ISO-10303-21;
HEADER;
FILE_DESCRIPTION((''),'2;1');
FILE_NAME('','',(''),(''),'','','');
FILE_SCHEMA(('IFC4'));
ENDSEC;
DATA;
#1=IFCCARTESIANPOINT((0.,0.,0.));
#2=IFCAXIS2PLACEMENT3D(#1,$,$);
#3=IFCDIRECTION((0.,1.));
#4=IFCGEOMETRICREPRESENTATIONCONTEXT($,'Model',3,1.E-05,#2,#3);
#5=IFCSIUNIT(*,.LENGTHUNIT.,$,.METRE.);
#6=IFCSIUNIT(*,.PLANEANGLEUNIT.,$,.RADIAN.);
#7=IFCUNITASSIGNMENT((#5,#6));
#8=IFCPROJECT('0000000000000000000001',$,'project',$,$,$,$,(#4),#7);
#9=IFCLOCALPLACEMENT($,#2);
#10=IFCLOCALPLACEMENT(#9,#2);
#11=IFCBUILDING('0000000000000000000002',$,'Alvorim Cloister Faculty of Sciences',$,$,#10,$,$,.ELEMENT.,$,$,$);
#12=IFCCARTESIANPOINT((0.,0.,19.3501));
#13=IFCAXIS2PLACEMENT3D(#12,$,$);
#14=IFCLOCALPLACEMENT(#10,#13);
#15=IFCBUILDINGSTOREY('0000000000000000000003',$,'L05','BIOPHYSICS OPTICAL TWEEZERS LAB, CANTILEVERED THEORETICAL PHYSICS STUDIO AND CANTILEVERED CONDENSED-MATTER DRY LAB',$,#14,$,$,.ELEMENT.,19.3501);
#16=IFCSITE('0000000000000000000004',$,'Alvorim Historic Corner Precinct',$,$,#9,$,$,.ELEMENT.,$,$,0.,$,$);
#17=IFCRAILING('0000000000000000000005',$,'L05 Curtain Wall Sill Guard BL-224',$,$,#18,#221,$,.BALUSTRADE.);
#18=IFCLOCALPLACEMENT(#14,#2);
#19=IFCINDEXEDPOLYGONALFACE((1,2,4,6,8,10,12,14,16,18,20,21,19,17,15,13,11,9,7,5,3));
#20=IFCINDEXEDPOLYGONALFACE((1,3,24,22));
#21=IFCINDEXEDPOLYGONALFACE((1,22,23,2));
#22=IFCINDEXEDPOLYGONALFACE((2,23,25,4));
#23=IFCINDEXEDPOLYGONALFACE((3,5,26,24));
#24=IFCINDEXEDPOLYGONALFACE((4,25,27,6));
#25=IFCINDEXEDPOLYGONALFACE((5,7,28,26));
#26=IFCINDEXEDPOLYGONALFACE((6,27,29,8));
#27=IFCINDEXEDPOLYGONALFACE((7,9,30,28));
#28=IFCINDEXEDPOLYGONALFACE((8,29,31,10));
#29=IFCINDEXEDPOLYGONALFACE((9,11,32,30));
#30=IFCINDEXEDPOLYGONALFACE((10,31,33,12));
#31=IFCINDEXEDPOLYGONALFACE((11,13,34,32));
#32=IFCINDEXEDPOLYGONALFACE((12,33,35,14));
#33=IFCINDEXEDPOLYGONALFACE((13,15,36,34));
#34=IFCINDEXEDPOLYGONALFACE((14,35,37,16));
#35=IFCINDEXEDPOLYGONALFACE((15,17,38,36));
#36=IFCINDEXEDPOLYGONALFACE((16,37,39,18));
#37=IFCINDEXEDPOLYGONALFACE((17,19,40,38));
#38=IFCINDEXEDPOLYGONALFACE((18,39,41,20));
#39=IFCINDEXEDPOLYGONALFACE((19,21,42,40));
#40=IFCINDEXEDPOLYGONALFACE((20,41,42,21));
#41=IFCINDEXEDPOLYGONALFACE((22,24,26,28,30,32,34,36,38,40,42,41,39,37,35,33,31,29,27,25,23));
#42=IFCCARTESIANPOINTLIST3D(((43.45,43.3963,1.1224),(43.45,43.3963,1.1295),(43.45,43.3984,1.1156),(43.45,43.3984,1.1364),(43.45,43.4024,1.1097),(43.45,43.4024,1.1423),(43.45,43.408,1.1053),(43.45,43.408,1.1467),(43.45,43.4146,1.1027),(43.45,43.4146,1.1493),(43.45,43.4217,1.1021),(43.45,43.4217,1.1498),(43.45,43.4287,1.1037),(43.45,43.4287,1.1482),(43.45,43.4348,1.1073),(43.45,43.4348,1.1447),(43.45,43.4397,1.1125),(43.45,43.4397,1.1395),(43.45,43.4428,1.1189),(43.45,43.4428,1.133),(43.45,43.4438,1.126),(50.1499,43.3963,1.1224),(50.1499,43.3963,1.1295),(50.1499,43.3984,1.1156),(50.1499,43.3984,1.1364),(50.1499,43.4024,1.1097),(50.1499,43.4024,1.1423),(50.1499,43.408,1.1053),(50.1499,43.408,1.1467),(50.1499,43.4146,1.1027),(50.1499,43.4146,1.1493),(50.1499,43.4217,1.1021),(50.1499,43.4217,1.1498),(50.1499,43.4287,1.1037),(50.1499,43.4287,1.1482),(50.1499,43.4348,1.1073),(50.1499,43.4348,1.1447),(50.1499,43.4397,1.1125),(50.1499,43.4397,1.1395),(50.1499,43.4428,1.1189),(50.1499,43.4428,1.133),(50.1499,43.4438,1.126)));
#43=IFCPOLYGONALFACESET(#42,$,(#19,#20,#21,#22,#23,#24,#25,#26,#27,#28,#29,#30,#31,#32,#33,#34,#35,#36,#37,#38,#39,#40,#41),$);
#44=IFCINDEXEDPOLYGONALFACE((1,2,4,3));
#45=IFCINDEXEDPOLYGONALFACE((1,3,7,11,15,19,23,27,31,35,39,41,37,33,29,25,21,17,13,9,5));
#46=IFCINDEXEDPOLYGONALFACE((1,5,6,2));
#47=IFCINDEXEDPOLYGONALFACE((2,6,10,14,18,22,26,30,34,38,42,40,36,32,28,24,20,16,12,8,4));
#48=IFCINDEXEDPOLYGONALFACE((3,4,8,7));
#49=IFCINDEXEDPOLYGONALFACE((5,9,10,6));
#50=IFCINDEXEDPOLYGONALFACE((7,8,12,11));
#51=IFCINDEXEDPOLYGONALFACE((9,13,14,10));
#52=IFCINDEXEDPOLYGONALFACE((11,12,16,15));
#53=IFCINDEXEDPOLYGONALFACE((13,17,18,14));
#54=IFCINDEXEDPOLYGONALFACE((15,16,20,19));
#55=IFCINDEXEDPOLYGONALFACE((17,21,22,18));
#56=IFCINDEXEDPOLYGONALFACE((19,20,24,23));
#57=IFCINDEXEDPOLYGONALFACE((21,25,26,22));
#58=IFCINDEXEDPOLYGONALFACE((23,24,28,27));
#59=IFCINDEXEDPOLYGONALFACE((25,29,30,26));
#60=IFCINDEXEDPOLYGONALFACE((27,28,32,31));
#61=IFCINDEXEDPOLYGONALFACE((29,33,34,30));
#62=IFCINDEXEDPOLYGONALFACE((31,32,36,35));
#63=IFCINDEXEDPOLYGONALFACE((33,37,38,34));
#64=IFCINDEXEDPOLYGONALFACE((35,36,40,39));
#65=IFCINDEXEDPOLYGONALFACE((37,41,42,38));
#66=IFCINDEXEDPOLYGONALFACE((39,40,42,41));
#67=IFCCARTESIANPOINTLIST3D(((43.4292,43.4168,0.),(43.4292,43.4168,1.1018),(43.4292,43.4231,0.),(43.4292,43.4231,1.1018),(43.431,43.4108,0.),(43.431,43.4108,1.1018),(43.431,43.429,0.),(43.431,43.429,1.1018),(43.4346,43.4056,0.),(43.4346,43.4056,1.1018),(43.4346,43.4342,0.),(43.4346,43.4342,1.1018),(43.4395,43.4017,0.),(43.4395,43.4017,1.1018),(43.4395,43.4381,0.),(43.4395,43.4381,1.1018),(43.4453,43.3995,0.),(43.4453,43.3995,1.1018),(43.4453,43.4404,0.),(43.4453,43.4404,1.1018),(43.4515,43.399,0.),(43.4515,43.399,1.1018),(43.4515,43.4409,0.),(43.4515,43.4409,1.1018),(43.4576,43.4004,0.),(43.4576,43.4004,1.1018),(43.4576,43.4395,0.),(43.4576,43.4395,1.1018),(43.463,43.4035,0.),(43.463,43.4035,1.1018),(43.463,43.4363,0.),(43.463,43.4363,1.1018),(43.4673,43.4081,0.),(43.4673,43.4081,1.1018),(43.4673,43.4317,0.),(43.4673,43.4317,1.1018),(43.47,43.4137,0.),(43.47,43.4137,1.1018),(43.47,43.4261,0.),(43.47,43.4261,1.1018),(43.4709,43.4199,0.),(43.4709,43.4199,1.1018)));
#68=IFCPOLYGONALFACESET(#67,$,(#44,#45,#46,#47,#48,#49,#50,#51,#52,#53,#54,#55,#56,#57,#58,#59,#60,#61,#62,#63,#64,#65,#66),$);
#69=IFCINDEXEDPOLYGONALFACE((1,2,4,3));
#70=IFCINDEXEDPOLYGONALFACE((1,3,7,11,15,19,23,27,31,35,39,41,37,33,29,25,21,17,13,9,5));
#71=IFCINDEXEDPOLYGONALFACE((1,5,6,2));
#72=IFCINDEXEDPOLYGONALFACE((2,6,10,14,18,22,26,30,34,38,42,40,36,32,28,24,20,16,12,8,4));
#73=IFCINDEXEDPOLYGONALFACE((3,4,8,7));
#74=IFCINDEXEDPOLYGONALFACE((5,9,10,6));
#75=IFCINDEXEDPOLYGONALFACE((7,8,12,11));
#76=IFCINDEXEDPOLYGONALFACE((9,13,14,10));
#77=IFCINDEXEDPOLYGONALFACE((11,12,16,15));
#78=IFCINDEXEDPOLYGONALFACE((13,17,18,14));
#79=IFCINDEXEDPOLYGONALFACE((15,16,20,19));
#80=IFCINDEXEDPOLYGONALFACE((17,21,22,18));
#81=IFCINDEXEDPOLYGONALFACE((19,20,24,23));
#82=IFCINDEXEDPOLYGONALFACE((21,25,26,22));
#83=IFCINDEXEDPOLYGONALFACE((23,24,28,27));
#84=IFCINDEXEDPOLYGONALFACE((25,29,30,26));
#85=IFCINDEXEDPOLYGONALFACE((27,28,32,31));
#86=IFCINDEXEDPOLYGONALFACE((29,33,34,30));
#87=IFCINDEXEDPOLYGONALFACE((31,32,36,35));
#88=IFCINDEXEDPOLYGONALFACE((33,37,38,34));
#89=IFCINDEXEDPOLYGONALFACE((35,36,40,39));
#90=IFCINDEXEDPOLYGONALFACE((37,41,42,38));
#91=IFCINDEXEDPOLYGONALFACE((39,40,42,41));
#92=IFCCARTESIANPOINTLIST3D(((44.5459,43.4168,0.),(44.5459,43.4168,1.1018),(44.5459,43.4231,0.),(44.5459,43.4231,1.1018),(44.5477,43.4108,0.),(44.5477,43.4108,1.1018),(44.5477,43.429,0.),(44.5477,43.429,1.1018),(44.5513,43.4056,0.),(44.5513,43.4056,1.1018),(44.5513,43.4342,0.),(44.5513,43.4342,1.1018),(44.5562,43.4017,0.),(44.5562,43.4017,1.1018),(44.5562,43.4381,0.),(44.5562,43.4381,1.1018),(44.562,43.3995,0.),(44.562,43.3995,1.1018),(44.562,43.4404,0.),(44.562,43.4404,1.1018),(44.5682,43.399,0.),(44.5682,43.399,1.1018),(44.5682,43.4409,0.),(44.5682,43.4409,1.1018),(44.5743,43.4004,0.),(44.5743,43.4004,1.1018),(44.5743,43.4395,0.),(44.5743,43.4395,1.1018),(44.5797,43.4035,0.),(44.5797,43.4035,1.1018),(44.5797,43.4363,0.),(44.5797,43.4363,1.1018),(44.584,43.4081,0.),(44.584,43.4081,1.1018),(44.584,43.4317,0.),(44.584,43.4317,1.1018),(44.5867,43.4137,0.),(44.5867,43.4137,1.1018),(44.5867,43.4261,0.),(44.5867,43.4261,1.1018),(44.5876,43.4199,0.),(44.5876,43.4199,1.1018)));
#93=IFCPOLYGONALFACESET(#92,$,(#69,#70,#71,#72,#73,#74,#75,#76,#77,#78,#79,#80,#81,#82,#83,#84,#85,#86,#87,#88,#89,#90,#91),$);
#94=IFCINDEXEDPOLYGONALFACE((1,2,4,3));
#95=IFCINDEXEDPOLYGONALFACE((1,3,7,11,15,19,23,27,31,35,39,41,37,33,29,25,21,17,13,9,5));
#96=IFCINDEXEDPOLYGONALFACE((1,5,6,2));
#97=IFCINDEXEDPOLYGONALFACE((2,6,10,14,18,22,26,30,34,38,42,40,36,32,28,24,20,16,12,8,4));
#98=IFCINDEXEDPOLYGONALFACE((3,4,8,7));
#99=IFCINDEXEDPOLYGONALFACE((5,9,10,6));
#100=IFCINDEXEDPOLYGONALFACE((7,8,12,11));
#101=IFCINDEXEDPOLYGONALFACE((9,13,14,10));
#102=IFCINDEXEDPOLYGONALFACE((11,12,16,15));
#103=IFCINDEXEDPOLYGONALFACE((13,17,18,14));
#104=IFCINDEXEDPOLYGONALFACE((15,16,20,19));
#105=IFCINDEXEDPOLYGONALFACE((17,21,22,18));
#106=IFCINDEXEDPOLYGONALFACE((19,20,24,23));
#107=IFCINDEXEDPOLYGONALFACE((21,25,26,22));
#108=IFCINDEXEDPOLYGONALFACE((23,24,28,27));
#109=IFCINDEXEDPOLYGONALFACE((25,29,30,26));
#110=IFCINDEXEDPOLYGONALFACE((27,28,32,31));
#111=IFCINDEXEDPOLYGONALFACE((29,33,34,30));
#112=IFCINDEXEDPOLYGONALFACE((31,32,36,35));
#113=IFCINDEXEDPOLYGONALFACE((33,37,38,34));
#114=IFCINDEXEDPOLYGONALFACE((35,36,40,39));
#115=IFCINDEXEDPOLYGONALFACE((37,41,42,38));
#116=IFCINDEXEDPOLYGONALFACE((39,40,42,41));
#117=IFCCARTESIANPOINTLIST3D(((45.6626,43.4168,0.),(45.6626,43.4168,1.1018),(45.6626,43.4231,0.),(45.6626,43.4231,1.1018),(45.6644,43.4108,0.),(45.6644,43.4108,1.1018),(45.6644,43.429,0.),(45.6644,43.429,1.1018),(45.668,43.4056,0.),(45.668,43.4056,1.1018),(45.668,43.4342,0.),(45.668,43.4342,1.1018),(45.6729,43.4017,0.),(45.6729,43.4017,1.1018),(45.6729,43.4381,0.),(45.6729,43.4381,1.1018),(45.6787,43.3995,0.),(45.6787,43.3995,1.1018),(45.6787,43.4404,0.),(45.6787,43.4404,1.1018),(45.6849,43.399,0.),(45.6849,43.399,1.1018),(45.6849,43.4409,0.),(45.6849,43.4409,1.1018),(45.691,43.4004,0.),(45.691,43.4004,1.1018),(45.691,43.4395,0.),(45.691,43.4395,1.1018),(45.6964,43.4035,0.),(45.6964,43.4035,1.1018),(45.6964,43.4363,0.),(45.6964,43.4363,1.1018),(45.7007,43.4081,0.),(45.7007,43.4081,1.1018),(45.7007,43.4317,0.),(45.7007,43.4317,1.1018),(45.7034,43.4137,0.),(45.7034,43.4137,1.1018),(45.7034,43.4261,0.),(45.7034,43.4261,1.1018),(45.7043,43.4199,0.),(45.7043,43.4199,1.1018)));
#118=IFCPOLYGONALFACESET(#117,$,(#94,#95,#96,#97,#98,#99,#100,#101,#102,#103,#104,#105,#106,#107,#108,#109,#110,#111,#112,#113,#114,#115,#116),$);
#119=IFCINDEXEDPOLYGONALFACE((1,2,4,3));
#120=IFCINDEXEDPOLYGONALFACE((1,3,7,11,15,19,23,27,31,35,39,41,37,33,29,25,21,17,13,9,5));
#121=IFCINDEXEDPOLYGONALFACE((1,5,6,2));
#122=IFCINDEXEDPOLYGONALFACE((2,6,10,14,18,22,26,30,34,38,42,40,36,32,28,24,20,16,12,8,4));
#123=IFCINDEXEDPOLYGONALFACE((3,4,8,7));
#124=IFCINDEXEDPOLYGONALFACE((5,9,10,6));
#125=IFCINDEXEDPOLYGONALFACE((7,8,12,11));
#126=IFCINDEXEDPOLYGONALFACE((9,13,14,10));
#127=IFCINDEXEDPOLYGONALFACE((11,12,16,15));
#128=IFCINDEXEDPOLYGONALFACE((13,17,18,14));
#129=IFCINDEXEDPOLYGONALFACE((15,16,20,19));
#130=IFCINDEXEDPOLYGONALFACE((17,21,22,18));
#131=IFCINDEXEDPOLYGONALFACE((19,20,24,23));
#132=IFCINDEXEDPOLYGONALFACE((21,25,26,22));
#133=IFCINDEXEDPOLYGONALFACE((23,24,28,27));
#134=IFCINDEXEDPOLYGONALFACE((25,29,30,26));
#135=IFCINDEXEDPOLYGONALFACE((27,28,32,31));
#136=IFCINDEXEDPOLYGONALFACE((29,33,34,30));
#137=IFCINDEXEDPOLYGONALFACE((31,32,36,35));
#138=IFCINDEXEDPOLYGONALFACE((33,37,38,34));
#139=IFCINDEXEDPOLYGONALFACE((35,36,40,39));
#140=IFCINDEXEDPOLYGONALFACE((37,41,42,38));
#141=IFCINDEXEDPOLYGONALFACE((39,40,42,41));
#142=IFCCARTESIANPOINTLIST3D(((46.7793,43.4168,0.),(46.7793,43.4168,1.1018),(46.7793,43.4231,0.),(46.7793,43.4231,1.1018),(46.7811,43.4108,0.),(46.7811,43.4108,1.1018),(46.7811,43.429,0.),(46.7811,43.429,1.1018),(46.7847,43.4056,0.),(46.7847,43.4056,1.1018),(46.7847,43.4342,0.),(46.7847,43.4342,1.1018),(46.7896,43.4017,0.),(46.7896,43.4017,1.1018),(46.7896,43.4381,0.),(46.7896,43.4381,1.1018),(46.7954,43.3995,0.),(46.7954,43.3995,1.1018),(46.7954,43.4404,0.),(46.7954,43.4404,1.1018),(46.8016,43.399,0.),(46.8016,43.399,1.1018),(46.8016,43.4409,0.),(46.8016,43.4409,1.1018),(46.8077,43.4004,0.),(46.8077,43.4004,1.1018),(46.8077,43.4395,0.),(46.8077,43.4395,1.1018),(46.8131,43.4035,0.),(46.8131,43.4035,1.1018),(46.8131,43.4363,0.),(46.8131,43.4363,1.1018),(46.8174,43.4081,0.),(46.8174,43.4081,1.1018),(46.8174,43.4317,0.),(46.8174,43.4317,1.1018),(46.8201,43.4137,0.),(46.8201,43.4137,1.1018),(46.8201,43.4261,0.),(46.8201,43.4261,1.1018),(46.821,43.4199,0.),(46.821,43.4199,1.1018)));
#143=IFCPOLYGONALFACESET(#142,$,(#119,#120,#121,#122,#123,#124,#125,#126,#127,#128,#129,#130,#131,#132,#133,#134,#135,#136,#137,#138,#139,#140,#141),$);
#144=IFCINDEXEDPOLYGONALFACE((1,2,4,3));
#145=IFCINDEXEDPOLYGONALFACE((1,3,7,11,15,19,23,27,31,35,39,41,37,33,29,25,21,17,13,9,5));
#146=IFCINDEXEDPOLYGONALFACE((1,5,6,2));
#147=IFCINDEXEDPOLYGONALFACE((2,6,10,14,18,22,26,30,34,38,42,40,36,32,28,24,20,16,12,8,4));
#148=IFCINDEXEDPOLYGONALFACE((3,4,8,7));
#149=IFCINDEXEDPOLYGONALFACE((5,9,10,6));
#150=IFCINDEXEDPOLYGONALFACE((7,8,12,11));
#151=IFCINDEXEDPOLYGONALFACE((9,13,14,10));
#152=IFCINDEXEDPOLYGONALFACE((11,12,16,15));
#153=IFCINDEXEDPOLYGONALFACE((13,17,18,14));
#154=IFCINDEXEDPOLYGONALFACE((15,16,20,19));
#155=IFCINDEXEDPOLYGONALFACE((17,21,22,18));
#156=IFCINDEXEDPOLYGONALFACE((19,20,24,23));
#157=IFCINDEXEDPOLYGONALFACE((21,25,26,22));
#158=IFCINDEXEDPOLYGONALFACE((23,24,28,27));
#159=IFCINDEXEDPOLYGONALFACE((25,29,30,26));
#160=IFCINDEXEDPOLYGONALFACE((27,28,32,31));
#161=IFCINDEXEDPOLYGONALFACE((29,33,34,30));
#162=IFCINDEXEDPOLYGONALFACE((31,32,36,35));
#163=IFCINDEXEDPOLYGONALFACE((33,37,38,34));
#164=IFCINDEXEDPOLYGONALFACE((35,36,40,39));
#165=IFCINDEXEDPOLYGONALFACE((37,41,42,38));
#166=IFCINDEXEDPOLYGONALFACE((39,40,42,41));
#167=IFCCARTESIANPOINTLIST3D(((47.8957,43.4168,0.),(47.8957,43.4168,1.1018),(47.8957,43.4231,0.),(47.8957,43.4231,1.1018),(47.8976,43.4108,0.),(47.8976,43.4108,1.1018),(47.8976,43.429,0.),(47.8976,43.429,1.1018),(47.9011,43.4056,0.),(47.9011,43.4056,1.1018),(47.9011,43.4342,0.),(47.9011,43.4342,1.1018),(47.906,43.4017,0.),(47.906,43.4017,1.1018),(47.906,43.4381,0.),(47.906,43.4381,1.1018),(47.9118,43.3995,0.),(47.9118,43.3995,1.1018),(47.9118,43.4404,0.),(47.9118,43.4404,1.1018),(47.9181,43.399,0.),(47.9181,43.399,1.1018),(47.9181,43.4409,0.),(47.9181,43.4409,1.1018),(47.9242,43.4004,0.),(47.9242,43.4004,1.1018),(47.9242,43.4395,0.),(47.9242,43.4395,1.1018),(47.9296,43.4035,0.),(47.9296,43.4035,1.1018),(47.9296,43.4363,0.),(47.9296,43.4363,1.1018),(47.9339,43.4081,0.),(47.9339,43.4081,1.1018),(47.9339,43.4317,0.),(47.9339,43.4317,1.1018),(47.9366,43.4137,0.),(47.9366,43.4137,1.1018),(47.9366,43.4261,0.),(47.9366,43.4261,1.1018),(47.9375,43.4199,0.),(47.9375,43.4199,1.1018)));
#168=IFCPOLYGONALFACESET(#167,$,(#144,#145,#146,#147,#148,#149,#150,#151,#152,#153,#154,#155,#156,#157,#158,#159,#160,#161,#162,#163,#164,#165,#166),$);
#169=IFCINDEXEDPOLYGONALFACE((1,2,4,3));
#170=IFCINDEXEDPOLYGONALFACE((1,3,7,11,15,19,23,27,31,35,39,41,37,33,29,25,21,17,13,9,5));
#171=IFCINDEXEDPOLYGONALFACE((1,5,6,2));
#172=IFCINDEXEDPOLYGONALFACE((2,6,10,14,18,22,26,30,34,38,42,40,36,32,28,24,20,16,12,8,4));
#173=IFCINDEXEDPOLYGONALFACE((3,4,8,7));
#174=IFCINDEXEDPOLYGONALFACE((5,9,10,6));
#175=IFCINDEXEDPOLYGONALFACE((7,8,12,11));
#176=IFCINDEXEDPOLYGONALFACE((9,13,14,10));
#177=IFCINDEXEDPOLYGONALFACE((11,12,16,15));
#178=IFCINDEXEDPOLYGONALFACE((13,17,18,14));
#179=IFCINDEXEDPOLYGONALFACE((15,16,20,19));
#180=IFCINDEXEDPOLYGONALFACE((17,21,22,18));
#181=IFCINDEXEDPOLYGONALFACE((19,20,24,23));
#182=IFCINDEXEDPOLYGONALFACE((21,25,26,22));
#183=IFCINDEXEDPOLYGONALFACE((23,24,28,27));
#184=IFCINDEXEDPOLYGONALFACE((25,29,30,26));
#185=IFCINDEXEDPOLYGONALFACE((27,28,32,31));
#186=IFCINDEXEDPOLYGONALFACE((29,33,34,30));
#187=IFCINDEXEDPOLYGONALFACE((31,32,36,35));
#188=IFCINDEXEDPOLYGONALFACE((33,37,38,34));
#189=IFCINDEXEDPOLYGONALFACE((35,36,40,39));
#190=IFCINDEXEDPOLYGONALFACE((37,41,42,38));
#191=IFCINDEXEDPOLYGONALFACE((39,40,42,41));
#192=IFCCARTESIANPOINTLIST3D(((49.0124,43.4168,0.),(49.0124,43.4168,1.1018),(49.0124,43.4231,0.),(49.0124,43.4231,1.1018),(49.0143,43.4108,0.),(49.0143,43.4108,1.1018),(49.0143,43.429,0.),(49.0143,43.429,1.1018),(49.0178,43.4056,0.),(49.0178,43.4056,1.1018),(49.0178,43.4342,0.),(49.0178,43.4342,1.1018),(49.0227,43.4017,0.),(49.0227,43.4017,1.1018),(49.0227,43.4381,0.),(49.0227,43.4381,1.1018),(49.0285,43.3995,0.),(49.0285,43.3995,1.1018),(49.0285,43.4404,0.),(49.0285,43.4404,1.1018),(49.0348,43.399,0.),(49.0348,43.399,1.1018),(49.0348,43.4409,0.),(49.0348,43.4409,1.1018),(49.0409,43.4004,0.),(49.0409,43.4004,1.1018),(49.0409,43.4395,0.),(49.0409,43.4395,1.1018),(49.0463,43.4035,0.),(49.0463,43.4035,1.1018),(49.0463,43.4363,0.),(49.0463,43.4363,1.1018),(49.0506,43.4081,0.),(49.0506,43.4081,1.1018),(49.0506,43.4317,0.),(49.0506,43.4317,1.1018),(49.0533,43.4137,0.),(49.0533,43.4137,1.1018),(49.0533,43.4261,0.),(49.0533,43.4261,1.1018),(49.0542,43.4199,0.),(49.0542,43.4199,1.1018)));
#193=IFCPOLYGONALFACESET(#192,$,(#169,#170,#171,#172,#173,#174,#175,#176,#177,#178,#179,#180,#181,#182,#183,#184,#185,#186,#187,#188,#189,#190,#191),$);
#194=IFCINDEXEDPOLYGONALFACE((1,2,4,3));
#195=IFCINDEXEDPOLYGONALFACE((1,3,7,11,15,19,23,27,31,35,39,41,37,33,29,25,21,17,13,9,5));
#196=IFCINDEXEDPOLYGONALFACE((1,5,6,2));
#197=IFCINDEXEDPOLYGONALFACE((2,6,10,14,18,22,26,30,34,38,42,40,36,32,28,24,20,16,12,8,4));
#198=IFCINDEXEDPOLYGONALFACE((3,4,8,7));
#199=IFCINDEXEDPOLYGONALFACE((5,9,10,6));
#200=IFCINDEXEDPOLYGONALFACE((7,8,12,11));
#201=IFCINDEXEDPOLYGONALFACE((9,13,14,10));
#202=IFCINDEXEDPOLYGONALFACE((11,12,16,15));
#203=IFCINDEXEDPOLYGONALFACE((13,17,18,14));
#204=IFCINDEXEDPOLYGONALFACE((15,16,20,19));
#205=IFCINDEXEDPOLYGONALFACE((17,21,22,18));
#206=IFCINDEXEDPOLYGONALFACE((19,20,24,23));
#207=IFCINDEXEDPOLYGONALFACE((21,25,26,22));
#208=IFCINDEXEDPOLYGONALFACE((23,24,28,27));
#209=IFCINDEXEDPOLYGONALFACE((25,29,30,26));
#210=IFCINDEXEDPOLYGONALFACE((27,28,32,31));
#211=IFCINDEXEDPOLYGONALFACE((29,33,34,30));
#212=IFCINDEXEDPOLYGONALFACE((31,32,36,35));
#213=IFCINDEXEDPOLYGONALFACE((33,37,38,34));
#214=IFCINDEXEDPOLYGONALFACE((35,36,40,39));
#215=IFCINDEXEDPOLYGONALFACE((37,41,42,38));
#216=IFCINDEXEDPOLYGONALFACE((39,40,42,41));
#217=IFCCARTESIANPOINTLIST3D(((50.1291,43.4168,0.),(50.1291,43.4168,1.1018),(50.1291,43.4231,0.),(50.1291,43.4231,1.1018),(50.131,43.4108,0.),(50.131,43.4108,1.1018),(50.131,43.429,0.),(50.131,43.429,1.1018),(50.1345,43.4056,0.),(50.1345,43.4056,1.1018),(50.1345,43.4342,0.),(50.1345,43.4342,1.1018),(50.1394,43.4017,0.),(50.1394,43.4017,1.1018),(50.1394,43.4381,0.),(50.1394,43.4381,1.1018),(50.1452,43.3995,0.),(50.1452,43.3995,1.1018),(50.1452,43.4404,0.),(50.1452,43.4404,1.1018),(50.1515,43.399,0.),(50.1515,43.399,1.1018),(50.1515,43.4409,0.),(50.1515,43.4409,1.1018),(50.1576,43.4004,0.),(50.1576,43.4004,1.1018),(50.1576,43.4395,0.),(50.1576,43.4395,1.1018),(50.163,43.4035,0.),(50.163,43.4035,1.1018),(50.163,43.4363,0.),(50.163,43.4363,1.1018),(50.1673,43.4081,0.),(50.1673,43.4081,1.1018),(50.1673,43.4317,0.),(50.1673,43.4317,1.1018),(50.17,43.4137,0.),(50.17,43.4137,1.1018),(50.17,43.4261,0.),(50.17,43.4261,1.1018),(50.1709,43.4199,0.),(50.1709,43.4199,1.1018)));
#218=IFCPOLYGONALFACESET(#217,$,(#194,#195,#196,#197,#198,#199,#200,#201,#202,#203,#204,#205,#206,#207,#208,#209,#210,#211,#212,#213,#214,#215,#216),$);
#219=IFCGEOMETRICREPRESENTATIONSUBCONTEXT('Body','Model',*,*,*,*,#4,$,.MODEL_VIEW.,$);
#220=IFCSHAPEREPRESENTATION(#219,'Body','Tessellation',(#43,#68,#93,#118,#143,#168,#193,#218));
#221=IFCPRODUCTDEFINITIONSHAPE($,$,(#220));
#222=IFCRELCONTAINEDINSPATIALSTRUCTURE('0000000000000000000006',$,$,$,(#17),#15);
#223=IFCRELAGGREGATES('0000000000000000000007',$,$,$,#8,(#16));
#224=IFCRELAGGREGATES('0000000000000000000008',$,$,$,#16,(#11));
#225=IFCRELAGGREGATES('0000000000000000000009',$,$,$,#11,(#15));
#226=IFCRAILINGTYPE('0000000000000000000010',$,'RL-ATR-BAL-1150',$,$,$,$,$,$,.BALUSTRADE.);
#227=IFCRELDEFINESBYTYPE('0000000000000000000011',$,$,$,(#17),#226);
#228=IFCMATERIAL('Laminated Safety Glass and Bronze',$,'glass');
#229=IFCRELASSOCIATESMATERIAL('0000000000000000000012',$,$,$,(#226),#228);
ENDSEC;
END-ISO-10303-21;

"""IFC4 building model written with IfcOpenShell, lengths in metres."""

from ifc_helpers import new_model, si_unit, direction, frame, origin, origin_2d, place, context, subcontext, project, spatial, circle, extrude, material, type_object, element, save


model = new_model("IFC4")

# Units and contexts
model_context = context("Model", 3, precision=1e-05, world=origin(), true_north=direction((0.0, 1.0)))
body_context = subcontext(model_context, "Body", "Model", "MODEL_VIEW")
ifc_project = project(units=[si_unit("LENGTHUNIT", "METRE"), si_unit("PLANEANGLEUNIT", "RADIAN")], contexts=[model_context])

# Site, building, storey
site_placement = place(None, origin())
site = spatial("IfcSite", under=ifc_project, at=site_placement, Name="Alvorim Historic Corner Precinct", CompositionType="ELEMENT", RefElevation=0.0)
building_placement = place(site_placement, origin())
building = spatial("IfcBuilding", under=site, at=building_placement, Name="Alvorim Cloister Faculty of Sciences", CompositionType="ELEMENT")
storey_placement = place(building_placement, frame((0.0, 0.0, 19.3501)))
storey = spatial("IfcBuildingStorey", under=building, at=storey_placement, Name="L05", Description="BIOPHYSICS OPTICAL TWEEZERS LAB, CANTILEVERED THEORETICAL PHYSICS STUDIO AND CANTILEVERED CONDENSED-MATTER DRY LAB", CompositionType="ELEMENT", Elevation=19.3501)

# Railing
ifc_material_1 = material(Name="Laminated Safety Glass and Bronze", Category="glass")
railing_type_1 = type_object("IfcRailingType", Name="RL-ATR-BAL-1150", PredefinedType="BALUSTRADE", material=ifc_material_1)
railing_1_placement = place(storey_placement, frame((43.45, 43.4199, 0.0)))
element("IfcRailing", 1, at=railing_1_placement, inside=storey, type_object=railing_type_1, Name="L05 Curtain Wall Sill Guard BL-224", PredefinedType="BALUSTRADE", context=body_context, shape_type="SweptSolid", body=[
    extrude(circle(Radius=0.0239, at=origin_2d()), frame((0.0, 0.0, 1.126), z_axis=(1.0, 0.0, 0.0), x_axis=(0.0, 1.0, 0.0)), (0.0, 0.0, 1.0), 6.7),
    extrude(circle(Radius=0.021, at=origin_2d()), origin(), (0.0, 0.0, 1.0), 1.1018),
    extrude(circle(Radius=0.021, at=origin_2d()), frame((1.1167, 0.0, 0.0)), (0.0, 0.0, 1.0), 1.1018),
    extrude(circle(Radius=0.021, at=origin_2d()), frame((2.2334, 0.0, 0.0)), (0.0, 0.0, 1.0), 1.1018),
    extrude(circle(Radius=0.021, at=origin_2d()), frame((3.3501, 0.0, 0.0)), (0.0, 0.0, 1.0), 1.1018),
    extrude(circle(Radius=0.021, at=origin_2d()), frame((4.4666, 0.0, 0.0)), (0.0, 0.0, 1.0), 1.1018),
    extrude(circle(Radius=0.021, at=origin_2d()), frame((5.5833, 0.0, 0.0)), (0.0, 0.0, 1.0), 1.1018),
    extrude(circle(Radius=0.021, at=origin_2d()), frame((6.7, 0.0, 0.0)), (0.0, 0.0, 1.0), 1.1018),
])

save(model, "model.ifc")
